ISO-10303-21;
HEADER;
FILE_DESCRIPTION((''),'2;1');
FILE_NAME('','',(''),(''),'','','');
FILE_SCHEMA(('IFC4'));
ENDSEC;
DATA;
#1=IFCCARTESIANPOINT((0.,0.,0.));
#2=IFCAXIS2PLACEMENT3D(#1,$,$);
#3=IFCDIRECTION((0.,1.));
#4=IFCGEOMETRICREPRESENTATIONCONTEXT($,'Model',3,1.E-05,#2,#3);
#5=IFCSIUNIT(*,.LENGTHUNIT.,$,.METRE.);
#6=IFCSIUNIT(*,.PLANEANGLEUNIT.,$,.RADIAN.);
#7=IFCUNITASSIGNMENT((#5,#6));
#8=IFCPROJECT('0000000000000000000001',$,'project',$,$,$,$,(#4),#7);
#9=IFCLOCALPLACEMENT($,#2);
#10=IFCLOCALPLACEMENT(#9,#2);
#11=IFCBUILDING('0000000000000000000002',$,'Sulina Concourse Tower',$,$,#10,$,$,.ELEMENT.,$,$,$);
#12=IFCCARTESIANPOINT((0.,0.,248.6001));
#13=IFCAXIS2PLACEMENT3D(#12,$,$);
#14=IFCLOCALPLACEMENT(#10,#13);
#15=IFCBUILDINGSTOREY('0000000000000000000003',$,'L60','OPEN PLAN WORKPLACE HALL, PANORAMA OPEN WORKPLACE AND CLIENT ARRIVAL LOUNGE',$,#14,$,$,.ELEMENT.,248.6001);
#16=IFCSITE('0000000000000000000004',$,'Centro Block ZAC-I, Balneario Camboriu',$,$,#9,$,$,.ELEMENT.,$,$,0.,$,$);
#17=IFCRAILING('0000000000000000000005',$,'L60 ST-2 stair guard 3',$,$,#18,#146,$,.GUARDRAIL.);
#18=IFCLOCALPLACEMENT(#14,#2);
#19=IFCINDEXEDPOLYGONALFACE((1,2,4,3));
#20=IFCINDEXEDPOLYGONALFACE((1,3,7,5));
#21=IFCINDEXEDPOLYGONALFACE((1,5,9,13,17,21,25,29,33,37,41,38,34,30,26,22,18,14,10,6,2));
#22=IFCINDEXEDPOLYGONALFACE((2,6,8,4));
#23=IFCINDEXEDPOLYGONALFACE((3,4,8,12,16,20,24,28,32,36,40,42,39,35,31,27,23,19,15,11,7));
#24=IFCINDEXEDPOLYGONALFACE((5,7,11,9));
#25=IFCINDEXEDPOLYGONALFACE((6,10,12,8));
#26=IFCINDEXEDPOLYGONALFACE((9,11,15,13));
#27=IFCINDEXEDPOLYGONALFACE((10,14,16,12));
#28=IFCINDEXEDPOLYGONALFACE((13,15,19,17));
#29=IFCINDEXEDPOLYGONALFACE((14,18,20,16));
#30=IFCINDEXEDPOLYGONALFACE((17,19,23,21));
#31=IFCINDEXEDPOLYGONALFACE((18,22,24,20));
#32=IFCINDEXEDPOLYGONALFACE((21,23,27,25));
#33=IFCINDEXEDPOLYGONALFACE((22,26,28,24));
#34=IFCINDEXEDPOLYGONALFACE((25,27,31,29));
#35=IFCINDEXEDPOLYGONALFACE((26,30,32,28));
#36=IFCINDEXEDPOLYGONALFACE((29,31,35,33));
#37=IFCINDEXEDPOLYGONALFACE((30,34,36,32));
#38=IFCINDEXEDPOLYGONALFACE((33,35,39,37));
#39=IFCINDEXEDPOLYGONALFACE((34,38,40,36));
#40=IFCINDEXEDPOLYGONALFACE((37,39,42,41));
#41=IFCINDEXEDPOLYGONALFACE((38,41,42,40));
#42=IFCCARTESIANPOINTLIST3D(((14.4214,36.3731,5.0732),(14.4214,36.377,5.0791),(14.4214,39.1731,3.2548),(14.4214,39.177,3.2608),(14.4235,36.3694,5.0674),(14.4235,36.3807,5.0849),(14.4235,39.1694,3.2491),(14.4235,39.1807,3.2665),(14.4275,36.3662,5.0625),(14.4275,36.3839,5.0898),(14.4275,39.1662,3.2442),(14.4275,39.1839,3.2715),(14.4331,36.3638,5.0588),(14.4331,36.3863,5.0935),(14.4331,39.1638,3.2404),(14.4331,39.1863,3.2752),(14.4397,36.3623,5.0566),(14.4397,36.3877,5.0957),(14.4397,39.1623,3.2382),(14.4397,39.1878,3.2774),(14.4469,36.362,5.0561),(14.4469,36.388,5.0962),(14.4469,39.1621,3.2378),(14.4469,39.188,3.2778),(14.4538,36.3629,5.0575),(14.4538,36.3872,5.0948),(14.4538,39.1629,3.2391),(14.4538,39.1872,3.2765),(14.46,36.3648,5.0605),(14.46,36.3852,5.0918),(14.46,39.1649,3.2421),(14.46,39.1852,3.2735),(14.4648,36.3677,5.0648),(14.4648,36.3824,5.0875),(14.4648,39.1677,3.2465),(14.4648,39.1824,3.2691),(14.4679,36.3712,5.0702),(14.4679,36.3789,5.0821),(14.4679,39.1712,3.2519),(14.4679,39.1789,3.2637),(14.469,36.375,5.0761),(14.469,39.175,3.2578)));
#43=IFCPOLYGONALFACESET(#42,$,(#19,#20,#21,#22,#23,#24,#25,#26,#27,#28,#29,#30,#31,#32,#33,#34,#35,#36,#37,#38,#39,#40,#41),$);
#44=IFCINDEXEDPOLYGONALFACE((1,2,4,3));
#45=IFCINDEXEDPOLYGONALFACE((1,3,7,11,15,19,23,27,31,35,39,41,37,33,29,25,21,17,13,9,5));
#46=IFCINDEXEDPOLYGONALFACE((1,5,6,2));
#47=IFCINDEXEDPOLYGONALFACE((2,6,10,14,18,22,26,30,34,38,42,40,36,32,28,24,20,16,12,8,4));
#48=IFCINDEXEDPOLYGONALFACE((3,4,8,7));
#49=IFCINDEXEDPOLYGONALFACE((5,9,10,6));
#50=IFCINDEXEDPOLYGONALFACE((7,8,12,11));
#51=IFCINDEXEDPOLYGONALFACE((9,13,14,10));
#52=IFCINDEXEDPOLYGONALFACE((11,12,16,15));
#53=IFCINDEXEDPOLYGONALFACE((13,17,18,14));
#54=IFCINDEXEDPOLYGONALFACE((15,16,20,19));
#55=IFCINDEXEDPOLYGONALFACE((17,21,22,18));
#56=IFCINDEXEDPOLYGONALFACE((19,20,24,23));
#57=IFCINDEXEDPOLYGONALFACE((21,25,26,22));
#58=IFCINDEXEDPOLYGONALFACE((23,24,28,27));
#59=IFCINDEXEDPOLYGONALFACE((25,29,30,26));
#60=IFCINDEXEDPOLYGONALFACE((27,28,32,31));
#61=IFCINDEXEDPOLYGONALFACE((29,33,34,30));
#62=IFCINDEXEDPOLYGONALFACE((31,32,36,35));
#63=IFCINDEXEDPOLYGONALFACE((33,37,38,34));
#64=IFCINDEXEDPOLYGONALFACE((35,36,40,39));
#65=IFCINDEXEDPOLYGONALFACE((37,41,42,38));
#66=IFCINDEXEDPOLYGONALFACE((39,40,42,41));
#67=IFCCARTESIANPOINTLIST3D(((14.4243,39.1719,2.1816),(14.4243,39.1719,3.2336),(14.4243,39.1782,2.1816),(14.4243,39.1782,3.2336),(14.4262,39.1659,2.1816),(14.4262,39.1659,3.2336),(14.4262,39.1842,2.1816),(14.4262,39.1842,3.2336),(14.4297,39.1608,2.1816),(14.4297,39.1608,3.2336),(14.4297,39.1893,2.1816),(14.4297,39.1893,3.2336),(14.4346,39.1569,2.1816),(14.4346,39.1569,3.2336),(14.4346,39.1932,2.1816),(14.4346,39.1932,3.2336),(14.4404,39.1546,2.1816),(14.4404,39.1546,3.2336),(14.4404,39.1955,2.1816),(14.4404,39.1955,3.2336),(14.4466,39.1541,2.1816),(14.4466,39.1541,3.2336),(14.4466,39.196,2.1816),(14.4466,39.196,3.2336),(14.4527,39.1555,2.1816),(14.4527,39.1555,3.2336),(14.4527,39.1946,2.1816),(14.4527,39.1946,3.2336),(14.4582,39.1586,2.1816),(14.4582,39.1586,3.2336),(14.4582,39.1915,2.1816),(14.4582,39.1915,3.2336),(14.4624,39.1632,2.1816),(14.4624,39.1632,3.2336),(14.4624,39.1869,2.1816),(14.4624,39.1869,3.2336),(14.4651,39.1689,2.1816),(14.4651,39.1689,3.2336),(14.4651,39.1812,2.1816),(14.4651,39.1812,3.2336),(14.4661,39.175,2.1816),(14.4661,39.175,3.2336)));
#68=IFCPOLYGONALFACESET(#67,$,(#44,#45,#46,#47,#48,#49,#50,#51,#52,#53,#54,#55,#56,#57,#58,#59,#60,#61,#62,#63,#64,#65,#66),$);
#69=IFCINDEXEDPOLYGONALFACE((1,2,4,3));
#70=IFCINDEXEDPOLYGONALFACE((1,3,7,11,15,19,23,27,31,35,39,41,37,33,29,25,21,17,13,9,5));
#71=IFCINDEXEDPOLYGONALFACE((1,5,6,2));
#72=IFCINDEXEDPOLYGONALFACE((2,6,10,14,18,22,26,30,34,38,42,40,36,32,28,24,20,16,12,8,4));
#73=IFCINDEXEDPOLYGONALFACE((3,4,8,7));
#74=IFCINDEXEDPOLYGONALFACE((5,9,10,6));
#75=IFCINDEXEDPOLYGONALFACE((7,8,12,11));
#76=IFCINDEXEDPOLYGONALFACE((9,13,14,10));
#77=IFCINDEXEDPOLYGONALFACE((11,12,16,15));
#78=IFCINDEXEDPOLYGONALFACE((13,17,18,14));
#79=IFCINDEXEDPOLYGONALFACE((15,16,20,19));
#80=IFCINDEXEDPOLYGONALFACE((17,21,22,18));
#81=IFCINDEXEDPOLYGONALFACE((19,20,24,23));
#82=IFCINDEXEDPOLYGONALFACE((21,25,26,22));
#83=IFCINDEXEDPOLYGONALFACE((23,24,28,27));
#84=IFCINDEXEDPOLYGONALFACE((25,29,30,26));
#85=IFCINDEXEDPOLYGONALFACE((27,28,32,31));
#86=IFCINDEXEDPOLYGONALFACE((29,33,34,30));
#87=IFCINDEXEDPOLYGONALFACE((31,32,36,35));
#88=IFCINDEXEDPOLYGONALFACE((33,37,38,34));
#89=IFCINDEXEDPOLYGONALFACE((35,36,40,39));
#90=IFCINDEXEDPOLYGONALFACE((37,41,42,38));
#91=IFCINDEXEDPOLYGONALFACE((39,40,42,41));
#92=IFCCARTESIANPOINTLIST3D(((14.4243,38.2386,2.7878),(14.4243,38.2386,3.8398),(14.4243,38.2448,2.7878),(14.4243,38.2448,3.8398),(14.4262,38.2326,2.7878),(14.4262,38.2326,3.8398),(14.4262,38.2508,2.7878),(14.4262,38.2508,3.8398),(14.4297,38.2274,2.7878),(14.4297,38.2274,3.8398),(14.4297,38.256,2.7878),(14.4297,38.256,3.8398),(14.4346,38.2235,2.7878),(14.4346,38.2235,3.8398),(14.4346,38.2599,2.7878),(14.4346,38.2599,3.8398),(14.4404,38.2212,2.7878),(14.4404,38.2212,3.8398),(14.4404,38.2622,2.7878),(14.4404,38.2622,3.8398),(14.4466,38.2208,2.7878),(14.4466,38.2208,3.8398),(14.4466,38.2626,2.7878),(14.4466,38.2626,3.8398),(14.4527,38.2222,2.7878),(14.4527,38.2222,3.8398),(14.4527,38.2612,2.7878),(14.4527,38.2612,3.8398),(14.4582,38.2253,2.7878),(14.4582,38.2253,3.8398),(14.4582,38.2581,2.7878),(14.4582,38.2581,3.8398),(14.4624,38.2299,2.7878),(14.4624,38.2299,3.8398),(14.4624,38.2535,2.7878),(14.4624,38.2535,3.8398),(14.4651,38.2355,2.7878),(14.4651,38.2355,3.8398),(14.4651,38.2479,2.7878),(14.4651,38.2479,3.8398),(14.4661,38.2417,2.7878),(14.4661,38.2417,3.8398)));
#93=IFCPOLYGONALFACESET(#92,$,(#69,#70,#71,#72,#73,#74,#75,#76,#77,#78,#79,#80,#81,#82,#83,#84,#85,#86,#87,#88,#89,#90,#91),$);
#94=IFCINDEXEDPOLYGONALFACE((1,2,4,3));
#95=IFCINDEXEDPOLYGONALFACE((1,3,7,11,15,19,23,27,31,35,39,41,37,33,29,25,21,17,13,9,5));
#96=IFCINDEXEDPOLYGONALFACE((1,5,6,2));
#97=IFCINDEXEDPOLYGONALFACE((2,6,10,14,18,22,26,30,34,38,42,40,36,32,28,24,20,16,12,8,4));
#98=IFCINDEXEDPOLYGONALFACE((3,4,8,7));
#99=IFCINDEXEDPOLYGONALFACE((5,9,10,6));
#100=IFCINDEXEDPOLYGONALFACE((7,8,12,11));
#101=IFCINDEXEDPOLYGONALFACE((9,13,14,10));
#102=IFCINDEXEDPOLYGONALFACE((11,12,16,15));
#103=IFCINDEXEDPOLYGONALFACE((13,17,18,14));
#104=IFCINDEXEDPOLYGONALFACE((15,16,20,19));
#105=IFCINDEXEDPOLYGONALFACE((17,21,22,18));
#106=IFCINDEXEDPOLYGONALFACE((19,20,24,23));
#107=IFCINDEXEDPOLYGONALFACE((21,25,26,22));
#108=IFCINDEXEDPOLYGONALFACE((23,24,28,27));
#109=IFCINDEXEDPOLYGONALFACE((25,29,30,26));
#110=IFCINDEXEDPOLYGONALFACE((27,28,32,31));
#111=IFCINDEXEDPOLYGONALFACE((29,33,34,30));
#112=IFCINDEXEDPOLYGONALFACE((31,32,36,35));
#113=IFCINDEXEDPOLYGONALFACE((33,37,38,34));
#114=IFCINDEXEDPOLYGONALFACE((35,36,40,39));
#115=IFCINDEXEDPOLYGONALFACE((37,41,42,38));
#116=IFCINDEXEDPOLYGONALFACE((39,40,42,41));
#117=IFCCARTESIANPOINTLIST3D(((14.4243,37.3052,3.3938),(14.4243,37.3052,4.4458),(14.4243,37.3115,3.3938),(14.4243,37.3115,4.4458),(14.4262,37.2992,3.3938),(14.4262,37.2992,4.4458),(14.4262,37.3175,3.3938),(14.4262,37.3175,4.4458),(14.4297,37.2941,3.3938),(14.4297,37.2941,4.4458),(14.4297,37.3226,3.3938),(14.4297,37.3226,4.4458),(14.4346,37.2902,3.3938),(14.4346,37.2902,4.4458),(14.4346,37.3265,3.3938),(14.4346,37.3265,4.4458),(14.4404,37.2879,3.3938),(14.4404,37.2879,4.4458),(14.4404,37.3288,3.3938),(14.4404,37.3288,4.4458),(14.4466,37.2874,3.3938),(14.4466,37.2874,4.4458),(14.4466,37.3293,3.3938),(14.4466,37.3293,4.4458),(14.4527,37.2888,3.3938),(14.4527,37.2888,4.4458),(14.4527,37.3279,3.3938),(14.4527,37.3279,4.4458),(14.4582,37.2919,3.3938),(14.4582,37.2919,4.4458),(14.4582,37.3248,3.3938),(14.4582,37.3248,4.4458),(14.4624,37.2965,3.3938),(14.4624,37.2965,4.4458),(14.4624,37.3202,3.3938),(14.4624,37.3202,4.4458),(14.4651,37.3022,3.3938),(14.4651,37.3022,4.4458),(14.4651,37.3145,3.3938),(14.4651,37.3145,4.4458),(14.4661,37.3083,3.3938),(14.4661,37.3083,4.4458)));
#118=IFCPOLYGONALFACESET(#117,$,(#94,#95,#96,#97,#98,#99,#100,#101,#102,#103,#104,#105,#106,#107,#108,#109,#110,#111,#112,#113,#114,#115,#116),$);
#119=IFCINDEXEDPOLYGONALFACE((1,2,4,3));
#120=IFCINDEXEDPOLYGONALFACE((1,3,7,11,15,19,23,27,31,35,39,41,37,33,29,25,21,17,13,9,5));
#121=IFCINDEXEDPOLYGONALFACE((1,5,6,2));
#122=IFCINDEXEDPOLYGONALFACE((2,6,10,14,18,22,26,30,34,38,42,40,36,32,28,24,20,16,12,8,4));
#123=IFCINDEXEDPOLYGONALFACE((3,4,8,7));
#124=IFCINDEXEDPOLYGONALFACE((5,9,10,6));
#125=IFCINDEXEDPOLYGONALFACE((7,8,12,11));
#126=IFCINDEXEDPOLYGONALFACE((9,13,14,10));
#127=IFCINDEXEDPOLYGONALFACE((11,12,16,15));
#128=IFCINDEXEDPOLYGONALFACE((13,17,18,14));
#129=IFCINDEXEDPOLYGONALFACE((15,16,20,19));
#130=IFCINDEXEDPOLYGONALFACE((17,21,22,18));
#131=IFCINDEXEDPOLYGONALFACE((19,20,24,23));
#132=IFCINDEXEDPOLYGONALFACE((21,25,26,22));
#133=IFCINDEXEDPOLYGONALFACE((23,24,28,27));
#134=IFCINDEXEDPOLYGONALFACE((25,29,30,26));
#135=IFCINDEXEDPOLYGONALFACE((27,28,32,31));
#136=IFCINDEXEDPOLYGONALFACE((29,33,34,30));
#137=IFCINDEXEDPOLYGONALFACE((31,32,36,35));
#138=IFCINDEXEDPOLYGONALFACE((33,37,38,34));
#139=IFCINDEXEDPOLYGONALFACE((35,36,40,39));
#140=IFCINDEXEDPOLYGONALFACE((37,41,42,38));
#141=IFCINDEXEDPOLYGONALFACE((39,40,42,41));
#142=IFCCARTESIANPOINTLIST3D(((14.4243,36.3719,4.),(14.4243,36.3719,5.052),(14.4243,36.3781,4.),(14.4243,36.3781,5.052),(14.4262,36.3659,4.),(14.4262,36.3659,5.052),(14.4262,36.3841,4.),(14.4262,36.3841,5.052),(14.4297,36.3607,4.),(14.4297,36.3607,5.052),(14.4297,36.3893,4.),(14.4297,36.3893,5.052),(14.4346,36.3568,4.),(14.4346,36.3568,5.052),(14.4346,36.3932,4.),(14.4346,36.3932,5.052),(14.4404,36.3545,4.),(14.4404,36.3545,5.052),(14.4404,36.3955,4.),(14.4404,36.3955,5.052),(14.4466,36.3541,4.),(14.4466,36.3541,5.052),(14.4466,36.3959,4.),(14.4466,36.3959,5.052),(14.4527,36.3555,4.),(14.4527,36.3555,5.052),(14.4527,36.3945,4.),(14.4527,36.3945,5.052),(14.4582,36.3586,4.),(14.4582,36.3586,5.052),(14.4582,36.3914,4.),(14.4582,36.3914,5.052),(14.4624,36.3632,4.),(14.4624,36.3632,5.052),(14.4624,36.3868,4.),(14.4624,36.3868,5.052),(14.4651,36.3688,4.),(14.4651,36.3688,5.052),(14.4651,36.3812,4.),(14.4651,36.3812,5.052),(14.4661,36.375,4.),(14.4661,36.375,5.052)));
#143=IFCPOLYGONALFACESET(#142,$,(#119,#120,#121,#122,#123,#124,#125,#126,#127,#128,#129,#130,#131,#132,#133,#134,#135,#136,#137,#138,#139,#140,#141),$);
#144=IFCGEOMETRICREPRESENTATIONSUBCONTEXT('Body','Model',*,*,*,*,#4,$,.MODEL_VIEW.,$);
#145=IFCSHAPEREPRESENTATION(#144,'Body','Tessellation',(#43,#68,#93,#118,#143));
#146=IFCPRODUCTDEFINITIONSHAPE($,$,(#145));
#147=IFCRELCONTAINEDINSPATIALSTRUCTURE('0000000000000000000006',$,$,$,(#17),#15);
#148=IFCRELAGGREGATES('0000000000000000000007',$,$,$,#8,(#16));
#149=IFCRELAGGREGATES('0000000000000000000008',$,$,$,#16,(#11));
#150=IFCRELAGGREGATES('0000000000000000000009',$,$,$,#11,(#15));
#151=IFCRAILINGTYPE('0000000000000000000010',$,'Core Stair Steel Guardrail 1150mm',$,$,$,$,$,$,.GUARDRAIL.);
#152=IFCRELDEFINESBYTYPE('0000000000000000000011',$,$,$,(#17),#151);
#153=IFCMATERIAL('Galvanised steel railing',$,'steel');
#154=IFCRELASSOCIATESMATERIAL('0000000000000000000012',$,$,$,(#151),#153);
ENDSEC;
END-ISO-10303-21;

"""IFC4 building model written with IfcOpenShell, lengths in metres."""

from ifc_helpers import new_model, si_unit, direction, frame, origin, origin_2d, place, context, subcontext, project, spatial, circle, extrude, material, type_object, element, save


model = new_model("IFC4")

# Units and contexts
model_context = context("Model", 3, precision=1e-05, world=origin(), true_north=direction((0.0, 1.0)))
body_context = subcontext(model_context, "Body", "Model", "MODEL_VIEW")
ifc_project = project(units=[si_unit("LENGTHUNIT", "METRE"), si_unit("PLANEANGLEUNIT", "RADIAN")], contexts=[model_context])

# Site, building, storey
site_placement = place(None, origin())
site = spatial("IfcSite", under=ifc_project, at=site_placement, Name="Centro Block ZAC-I, Balneario Camboriu", CompositionType="ELEMENT", RefElevation=0.0)
building_placement = place(site_placement, origin())
building = spatial("IfcBuilding", under=site, at=building_placement, Name="Sulina Concourse Tower", CompositionType="ELEMENT")
storey_placement = place(building_placement, frame((0.0, 0.0, 248.6001)))
storey = spatial("IfcBuildingStorey", under=building, at=storey_placement, Name="L60", Description="OPEN PLAN WORKPLACE HALL, PANORAMA OPEN WORKPLACE AND CLIENT ARRIVAL LOUNGE", CompositionType="ELEMENT", Elevation=248.6001)

# Railing
ifc_material_1 = material(Name="Galvanised steel railing", Category="steel")
railing_type_1 = type_object("IfcRailingType", Name="Core Stair Steel Guardrail 1150mm", PredefinedType="GUARDRAIL", material=ifc_material_1)
railing_1_placement = place(storey_placement, frame((14.4451, 39.175, 2.1816)))
element("IfcRailing", 1, at=railing_1_placement, inside=storey, type_object=railing_type_1, Name="L60 ST-2 stair guard 3", PredefinedType="GUARDRAIL", context=body_context, shape_type="SweptSolid", body=[
    extrude(circle(Radius=0.0239, at=origin_2d()), frame((0.0, 0.0, 1.0762), z_axis=(0.0, -0.838672, 0.544636), x_axis=(1.0, 0.0, 0.0)), (0.0, 0.0, 1.0), 3.3386),
    extrude(circle(Radius=0.021, at=origin_2d()), origin(), (0.0, 0.0, 1.0), 1.052),
    extrude(circle(Radius=0.021, at=origin_2d()), frame((0.0, -0.9333, 0.6062)), (0.0, 0.0, 1.0), 1.052),
    extrude(circle(Radius=0.021, at=origin_2d()), frame((0.0, -1.8667, 1.2122)), (0.0, 0.0, 1.0), 1.052),
    extrude(circle(Radius=0.021, at=origin_2d()), frame((0.0, -2.8, 1.8184)), (0.0, 0.0, 1.0), 1.052),
])

save(model, "model.ifc")
